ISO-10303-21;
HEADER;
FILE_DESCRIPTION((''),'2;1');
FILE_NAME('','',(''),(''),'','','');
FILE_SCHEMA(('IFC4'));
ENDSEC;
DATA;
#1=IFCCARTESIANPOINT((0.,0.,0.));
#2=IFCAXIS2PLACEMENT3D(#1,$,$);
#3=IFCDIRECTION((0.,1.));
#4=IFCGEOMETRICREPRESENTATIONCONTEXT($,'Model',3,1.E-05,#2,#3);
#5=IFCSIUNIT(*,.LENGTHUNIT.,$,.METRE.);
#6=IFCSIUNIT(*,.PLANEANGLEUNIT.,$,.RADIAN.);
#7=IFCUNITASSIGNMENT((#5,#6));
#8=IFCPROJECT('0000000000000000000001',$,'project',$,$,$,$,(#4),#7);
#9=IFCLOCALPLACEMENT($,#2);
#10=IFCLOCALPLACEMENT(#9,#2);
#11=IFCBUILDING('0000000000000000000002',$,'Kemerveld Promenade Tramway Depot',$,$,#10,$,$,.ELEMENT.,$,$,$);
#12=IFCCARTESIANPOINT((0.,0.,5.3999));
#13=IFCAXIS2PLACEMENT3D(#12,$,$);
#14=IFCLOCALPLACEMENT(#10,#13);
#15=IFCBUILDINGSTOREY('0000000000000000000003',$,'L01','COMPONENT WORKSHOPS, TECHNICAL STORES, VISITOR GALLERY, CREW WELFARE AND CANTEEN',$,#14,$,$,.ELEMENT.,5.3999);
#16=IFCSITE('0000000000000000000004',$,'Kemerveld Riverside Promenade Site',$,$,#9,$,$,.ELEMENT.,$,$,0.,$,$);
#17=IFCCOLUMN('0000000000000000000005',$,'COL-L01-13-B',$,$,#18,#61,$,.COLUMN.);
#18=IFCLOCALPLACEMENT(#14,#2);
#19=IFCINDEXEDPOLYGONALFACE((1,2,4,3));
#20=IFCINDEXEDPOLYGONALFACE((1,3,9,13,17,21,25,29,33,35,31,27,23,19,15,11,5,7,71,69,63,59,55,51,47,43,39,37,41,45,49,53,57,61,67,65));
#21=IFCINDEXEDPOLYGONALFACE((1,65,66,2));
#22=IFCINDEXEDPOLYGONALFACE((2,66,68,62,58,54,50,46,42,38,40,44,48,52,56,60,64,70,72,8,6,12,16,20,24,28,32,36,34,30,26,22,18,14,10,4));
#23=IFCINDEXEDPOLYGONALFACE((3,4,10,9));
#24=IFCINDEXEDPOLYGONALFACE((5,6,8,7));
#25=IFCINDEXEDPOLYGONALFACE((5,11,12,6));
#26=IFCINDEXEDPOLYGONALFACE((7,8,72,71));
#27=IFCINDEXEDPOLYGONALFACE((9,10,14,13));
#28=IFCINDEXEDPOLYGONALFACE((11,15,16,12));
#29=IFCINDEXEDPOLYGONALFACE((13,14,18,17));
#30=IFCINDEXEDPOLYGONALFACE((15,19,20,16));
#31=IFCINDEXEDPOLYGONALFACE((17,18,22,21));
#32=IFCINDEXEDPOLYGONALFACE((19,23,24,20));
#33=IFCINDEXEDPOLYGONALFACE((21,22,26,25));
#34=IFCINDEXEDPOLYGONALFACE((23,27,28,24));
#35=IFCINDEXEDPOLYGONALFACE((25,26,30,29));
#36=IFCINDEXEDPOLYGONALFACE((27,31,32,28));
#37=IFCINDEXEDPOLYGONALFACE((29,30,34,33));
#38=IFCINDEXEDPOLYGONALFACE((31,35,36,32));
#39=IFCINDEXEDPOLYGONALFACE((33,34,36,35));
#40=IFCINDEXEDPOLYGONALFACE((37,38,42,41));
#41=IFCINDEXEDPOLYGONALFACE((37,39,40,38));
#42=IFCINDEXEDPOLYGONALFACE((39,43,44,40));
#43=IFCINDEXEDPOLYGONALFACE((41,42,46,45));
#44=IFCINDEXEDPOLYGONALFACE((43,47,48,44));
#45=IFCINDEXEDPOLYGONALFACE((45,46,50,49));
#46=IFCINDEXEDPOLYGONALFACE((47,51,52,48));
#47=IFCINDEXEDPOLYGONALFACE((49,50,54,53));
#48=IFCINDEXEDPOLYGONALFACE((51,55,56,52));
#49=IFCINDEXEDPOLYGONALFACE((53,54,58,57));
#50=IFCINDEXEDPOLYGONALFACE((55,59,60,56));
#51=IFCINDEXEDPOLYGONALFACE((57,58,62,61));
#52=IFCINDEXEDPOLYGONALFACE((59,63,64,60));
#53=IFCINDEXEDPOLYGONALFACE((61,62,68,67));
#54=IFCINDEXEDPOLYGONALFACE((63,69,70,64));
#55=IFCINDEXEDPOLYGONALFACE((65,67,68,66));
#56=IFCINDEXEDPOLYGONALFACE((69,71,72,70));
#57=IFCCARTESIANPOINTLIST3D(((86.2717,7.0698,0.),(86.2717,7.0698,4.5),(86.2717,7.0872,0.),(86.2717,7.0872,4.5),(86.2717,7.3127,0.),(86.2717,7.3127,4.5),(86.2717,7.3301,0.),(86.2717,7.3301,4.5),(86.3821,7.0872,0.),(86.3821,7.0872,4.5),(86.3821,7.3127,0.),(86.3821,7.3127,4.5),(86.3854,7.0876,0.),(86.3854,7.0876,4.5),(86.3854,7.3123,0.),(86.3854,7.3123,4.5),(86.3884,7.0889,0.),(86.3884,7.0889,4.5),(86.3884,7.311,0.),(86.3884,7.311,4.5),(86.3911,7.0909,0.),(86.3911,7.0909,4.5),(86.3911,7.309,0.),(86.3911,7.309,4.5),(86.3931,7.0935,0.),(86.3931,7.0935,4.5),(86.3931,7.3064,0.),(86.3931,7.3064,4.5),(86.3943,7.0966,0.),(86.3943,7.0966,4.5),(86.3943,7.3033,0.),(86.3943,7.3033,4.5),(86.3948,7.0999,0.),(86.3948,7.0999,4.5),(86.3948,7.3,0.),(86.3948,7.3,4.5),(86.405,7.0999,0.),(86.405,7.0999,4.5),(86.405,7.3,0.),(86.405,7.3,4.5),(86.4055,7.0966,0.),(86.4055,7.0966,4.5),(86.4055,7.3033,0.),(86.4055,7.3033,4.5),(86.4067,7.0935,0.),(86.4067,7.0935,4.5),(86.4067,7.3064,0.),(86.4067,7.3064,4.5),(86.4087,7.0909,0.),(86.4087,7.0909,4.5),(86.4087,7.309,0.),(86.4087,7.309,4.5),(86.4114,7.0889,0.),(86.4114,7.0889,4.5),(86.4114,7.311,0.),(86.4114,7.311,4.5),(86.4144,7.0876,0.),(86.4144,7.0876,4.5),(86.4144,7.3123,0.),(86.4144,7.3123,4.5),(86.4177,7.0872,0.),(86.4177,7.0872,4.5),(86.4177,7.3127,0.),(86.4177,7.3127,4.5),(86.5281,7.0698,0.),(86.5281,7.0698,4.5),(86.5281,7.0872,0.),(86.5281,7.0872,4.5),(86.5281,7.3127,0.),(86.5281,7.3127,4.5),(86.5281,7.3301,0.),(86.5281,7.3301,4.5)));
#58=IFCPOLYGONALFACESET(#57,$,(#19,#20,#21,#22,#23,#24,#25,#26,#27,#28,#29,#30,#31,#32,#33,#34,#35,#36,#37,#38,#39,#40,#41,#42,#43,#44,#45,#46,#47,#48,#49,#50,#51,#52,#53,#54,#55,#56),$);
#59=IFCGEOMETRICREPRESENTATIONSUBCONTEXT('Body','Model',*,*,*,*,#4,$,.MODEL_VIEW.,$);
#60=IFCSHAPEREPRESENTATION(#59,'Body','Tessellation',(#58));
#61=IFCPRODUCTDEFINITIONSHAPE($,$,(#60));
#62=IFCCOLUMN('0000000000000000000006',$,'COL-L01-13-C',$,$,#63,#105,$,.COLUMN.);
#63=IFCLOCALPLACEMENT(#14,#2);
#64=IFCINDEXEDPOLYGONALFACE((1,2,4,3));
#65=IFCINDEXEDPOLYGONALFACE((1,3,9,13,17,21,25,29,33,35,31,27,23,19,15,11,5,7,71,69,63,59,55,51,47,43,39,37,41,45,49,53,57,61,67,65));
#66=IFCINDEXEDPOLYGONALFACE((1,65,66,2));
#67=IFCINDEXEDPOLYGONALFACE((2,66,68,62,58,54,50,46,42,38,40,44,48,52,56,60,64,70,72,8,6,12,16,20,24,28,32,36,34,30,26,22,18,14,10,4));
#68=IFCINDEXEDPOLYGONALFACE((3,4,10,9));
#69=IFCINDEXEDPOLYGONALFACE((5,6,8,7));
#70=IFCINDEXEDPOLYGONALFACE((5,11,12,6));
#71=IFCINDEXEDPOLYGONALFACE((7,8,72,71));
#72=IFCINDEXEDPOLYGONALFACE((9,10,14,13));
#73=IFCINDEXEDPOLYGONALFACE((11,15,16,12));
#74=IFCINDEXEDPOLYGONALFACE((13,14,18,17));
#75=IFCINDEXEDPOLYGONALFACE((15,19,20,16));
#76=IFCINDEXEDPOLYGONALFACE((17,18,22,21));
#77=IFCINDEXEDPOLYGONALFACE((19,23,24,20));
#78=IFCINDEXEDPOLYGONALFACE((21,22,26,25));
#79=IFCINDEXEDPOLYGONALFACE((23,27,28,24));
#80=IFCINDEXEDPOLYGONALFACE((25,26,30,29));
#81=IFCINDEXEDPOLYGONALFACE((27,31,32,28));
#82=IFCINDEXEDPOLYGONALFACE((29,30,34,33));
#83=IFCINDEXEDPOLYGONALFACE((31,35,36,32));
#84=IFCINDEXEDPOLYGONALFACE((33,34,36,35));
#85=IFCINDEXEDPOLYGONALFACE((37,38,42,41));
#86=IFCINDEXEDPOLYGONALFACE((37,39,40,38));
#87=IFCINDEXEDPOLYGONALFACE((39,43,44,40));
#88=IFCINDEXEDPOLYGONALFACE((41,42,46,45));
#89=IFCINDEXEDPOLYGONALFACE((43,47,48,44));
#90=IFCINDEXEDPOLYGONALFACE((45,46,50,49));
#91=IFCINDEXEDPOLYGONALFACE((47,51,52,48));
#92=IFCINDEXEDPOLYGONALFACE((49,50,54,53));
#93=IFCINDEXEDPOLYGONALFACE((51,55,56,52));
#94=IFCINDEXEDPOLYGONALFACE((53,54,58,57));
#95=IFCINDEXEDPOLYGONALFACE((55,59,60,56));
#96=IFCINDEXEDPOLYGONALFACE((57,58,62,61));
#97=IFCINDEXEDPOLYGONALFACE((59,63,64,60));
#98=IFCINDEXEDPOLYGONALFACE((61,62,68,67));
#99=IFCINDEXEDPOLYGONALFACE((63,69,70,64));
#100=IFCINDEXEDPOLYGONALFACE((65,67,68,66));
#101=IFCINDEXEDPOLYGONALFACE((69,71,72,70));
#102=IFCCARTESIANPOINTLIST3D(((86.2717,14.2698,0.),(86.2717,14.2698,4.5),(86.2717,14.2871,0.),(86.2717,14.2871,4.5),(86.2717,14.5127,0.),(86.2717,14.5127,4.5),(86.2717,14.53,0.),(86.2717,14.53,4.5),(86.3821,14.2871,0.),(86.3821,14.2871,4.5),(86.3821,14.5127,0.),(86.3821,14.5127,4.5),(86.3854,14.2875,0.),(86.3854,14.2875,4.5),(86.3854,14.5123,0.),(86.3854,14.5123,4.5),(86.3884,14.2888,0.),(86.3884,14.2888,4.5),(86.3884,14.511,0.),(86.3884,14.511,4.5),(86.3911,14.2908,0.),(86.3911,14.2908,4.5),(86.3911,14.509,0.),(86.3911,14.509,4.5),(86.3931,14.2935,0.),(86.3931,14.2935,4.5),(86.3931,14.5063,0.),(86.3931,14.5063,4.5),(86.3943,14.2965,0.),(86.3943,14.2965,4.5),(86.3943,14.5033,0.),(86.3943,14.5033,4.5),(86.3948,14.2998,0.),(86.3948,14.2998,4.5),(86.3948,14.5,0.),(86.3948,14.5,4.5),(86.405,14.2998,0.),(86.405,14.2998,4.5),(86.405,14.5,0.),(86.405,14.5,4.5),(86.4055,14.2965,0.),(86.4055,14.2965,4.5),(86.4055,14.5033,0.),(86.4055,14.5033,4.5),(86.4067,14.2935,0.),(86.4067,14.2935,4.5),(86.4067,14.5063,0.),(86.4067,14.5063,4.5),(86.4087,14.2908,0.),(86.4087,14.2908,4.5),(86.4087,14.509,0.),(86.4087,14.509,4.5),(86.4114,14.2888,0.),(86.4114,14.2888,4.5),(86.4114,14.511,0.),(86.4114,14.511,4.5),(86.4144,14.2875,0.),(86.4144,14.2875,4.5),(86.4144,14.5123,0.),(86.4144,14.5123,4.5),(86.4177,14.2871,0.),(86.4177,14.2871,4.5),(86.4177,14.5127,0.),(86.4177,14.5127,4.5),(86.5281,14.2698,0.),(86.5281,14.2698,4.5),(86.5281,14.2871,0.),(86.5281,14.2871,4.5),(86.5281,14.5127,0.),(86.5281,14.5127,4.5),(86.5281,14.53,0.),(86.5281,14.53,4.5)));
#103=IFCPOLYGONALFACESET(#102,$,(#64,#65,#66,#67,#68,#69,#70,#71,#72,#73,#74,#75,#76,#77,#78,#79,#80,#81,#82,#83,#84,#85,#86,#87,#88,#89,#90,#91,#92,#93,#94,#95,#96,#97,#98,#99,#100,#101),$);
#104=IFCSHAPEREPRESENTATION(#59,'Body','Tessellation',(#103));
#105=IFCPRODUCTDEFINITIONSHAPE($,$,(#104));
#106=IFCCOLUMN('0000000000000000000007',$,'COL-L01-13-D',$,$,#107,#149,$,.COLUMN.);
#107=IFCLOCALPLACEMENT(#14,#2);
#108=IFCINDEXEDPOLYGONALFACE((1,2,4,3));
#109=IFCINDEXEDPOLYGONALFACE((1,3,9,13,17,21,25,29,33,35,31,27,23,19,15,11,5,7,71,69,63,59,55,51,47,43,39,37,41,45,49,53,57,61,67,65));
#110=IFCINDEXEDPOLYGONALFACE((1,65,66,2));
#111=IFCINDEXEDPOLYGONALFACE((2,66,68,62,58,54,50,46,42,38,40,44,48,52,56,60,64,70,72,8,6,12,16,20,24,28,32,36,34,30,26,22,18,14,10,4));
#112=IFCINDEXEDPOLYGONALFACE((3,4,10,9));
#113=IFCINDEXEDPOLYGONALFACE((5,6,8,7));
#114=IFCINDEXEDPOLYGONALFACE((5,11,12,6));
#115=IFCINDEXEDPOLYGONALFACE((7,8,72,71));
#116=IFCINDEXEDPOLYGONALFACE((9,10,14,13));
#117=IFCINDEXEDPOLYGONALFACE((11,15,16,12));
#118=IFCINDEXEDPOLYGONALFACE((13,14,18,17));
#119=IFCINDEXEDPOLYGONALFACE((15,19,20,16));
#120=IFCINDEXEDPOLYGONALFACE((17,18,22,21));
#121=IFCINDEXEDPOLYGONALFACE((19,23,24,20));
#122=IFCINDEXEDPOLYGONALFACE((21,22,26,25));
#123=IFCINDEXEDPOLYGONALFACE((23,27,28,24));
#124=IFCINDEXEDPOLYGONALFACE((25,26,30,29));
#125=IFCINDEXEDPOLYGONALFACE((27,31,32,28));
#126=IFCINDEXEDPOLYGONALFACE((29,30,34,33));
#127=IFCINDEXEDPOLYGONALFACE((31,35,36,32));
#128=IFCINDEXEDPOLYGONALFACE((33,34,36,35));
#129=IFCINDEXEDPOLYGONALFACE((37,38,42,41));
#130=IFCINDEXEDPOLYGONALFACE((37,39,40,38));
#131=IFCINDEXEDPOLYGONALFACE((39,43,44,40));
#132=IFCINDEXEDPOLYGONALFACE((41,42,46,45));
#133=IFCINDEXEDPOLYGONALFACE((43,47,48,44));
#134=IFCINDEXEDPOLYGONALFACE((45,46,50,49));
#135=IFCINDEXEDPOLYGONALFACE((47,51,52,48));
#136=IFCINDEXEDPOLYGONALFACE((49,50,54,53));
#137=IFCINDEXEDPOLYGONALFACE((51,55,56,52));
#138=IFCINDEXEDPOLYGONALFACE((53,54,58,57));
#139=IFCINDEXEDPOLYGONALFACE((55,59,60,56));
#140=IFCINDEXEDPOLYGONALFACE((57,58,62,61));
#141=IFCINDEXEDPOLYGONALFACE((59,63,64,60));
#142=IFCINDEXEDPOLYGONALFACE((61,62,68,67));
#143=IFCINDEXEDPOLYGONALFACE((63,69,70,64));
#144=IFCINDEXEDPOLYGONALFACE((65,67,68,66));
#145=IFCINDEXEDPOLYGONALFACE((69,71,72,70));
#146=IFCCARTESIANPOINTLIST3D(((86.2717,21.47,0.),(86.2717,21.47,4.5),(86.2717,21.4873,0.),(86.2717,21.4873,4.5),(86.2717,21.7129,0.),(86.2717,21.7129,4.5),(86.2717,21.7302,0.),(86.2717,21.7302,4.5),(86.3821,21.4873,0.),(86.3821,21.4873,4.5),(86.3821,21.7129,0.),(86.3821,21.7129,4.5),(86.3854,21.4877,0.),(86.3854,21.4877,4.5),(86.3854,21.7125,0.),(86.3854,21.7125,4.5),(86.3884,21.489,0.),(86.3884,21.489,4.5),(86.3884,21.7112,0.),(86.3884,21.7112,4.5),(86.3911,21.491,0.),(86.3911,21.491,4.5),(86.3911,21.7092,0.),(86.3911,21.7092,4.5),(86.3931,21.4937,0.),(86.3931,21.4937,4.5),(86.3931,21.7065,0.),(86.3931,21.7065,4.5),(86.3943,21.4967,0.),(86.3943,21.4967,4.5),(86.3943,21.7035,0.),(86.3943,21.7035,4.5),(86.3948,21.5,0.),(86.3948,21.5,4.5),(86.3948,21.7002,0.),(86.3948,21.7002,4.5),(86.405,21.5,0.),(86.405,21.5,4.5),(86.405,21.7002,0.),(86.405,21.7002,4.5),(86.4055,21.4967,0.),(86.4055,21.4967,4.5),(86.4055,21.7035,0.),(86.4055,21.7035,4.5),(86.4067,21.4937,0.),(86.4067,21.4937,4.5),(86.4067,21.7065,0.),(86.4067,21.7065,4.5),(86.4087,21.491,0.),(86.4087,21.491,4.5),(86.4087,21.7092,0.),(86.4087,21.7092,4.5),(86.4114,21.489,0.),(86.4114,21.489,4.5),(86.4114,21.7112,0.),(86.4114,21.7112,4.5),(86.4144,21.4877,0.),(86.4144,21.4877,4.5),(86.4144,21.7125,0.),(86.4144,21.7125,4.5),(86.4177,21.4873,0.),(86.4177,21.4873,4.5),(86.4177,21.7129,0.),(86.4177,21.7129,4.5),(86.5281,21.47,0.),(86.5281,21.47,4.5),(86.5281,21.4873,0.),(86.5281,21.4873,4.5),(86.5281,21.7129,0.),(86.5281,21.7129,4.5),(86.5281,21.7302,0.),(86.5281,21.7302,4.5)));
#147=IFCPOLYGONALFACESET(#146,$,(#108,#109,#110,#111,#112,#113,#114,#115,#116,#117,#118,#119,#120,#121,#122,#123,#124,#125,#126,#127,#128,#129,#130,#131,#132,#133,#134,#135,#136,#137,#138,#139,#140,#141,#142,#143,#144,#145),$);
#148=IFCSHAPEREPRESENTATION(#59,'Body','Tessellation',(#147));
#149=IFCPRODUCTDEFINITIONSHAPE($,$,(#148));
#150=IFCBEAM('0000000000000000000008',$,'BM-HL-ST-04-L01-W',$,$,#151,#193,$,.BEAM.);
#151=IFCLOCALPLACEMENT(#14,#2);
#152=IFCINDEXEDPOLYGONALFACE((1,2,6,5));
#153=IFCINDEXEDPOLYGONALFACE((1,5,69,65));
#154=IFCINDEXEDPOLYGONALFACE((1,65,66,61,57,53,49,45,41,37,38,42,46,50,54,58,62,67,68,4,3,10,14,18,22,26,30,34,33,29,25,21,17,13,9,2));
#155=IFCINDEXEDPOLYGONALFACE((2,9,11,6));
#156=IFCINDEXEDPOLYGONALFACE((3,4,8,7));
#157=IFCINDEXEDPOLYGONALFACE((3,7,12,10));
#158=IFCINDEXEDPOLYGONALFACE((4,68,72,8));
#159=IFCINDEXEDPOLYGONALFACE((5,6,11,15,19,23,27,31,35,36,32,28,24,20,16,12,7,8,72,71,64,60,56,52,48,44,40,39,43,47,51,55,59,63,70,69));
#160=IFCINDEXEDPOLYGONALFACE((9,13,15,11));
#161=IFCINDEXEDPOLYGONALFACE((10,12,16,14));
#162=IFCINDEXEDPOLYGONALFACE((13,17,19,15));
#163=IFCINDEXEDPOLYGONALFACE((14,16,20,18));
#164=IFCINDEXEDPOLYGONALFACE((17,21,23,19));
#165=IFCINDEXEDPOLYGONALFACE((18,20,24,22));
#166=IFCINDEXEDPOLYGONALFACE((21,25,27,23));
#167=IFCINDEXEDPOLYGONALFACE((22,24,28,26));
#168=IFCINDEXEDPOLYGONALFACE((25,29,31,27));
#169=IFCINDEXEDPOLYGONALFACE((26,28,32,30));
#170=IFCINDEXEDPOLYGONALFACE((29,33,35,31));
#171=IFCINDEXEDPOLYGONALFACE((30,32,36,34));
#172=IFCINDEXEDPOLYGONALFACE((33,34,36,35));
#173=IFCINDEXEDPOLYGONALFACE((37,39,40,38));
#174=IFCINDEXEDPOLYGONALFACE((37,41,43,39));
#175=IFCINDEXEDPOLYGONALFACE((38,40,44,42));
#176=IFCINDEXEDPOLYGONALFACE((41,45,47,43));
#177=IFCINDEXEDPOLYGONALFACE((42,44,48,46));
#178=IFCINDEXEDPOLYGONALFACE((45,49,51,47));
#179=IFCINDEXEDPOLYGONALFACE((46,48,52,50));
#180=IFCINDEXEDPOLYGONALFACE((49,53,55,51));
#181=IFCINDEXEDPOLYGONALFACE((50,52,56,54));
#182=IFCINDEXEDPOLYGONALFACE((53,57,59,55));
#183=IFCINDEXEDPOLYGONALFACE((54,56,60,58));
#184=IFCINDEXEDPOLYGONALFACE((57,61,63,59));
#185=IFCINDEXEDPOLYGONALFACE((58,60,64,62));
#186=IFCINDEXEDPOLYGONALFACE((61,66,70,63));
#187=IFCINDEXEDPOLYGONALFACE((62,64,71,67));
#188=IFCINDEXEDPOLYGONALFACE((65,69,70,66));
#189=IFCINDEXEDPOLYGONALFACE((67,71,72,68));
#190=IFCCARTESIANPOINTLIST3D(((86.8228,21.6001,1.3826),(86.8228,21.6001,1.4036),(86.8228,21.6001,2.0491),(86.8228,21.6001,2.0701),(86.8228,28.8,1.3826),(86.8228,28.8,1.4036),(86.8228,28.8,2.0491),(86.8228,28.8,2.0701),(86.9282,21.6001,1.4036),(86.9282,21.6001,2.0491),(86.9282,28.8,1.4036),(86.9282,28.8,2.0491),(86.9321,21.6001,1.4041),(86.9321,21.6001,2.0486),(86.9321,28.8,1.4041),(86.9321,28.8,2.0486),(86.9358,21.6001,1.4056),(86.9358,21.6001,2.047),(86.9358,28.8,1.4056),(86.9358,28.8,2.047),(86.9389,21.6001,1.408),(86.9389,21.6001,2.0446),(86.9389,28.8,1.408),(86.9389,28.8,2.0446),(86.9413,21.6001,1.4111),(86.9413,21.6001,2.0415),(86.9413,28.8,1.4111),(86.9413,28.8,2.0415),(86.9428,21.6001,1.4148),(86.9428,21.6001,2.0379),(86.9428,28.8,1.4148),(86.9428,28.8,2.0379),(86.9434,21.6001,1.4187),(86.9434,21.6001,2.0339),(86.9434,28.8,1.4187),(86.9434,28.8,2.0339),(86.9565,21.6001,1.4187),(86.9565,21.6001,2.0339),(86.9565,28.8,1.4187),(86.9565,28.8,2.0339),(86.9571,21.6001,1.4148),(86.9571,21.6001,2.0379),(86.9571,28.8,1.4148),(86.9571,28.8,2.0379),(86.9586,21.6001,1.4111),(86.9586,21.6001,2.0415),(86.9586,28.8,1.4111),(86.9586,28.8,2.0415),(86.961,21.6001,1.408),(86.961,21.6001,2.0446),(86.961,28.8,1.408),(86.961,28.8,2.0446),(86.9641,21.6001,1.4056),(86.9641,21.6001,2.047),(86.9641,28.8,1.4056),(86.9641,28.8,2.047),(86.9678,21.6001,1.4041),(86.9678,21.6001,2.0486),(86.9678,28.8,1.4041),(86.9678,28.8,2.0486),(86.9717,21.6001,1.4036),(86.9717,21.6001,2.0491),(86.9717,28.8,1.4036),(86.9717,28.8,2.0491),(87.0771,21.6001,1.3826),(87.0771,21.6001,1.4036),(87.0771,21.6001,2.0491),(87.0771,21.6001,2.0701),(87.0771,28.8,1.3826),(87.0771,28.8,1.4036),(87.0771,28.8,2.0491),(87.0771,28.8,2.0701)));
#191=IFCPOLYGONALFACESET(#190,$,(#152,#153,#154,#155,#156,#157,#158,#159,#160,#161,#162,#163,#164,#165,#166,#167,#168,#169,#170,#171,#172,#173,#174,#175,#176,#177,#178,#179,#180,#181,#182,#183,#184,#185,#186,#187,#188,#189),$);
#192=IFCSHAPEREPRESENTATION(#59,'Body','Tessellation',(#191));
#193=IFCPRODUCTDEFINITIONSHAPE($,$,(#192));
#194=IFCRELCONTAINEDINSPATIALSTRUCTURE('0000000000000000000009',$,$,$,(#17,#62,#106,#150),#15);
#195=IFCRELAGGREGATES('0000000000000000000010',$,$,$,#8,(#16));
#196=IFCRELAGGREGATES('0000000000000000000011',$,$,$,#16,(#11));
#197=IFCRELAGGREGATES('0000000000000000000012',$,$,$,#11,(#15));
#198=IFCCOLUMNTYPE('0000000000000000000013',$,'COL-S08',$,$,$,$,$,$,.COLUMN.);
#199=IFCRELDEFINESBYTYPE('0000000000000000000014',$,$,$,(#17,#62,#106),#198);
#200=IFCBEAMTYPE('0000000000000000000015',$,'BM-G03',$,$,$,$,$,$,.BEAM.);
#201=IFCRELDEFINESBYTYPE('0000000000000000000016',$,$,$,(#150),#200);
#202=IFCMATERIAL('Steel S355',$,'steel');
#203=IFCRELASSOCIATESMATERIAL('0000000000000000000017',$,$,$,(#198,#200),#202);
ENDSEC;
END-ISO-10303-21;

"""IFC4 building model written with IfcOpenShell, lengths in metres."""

from ifc_helpers import new_model, si_unit, direction, frame, origin, origin_2d, place, context, subcontext, project, spatial, i_section, extrude, material, material_profile, profile_set, type_object, element, save


model = new_model("IFC4")

# Units and contexts
model_context = context("Model", 3, precision=1e-05, world=origin(), true_north=direction((0.0, 1.0)))
body_context = subcontext(model_context, "Body", "Model", "MODEL_VIEW")
ifc_project = project(units=[si_unit("LENGTHUNIT", "METRE"), si_unit("PLANEANGLEUNIT", "RADIAN")], contexts=[model_context])

# Site, building, storey
site_placement = place(None, origin())
site = spatial("IfcSite", under=ifc_project, at=site_placement, Name="Kemerveld Riverside Promenade Site", CompositionType="ELEMENT", RefElevation=0.0)
building_placement = place(site_placement, origin())
building = spatial("IfcBuilding", under=site, at=building_placement, Name="Kemerveld Promenade Tramway Depot", CompositionType="ELEMENT")
storey_placement = place(building_placement, frame((0.0, 0.0, 5.3999)))
storey = spatial("IfcBuildingStorey", under=building, at=storey_placement, Name="L01", Description="COMPONENT WORKSHOPS, TECHNICAL STORES, VISITOR GALLERY, CREW WELFARE AND CANTEEN", CompositionType="ELEMENT", Elevation=5.3999)

# Columns
ifc_material_1 = material(Name="Steel S355", Category="steel")
ifc_material_profile_1 = material_profile(ifc_material_1, i_section(OverallWidth=0.2563, OverallDepth=0.2603, WebThickness=0.0103, FlangeThickness=0.0173, FilletRadius=0.0127, at=origin_2d()), Name="254x254x89 UC")
ifc_profile_set_1 = profile_set([ifc_material_profile_1], Name="Steel S355")
column_type = type_object("IfcColumnType", Name="COL-S08", PredefinedType="COLUMN", material=ifc_profile_set_1)
for number, where, z_axis, x_axis, name in (
    (1, (86.3999, 7.2, 0.0), (0.0, 0.0, 1.0), (1.0, 0.0, 0.0), "COL-L01-13-B"),
    (2, (86.3999, 14.3999, 0.0), (0.0, 0.0, 1.0), (1.0, 0.0, 0.0), "COL-L01-13-C"),
    (3, (86.3999, 21.6001, 0.0), (0.0, 0.0, 1.0), (1.0, 0.0, 0.0), "COL-L01-13-D"),
):
    element("IfcColumn", number, at=place(storey_placement, frame(where, z_axis=z_axis, x_axis=x_axis)), inside=storey, type_object=column_type, Name=name, PredefinedType="COLUMN", context=body_context, shape_type="SweptSolid", body=[
        extrude(i_section(OverallWidth=0.2563, OverallDepth=0.2603, WebThickness=0.0103, FlangeThickness=0.0173, FilletRadius=0.0127, at=origin_2d()), origin(), (0.0, 0.0, 1.0), 4.5),
    ])

# Beam
ifc_material_profile_2 = material_profile(ifc_material_1, i_section(OverallWidth=0.2544, OverallDepth=0.6875, WebThickness=0.0132, FlangeThickness=0.021, FilletRadius=0.0151, at=origin_2d()), Name="686x254x152 UB")
ifc_profile_set_2 = profile_set([ifc_material_profile_2], Name="Steel S355")
beam_type_1 = type_object("IfcBeamType", Name="BM-G03", PredefinedType="BEAM", material=ifc_profile_set_2)
for number, where, z_axis, x_axis, name in (
    (4, (86.95, 21.6001, 1.7263), (0.0, 1.0, 0.0), (-1.0, 0.0, 0.0), "BM-HL-ST-04-L01-W"),
):
    element("IfcBeam", number, at=place(storey_placement, frame(where, z_axis=z_axis, x_axis=x_axis)), inside=storey, type_object=beam_type_1, Name=name, PredefinedType="BEAM", context=body_context, shape_type="SweptSolid", body=[
        extrude(i_section(OverallWidth=0.2544, OverallDepth=0.6875, WebThickness=0.0132, FlangeThickness=0.021, FilletRadius=0.0151, at=origin_2d()), origin(), (0.0, 0.0, 1.0), 7.2),
    ])

save(model, "model.ifc")
